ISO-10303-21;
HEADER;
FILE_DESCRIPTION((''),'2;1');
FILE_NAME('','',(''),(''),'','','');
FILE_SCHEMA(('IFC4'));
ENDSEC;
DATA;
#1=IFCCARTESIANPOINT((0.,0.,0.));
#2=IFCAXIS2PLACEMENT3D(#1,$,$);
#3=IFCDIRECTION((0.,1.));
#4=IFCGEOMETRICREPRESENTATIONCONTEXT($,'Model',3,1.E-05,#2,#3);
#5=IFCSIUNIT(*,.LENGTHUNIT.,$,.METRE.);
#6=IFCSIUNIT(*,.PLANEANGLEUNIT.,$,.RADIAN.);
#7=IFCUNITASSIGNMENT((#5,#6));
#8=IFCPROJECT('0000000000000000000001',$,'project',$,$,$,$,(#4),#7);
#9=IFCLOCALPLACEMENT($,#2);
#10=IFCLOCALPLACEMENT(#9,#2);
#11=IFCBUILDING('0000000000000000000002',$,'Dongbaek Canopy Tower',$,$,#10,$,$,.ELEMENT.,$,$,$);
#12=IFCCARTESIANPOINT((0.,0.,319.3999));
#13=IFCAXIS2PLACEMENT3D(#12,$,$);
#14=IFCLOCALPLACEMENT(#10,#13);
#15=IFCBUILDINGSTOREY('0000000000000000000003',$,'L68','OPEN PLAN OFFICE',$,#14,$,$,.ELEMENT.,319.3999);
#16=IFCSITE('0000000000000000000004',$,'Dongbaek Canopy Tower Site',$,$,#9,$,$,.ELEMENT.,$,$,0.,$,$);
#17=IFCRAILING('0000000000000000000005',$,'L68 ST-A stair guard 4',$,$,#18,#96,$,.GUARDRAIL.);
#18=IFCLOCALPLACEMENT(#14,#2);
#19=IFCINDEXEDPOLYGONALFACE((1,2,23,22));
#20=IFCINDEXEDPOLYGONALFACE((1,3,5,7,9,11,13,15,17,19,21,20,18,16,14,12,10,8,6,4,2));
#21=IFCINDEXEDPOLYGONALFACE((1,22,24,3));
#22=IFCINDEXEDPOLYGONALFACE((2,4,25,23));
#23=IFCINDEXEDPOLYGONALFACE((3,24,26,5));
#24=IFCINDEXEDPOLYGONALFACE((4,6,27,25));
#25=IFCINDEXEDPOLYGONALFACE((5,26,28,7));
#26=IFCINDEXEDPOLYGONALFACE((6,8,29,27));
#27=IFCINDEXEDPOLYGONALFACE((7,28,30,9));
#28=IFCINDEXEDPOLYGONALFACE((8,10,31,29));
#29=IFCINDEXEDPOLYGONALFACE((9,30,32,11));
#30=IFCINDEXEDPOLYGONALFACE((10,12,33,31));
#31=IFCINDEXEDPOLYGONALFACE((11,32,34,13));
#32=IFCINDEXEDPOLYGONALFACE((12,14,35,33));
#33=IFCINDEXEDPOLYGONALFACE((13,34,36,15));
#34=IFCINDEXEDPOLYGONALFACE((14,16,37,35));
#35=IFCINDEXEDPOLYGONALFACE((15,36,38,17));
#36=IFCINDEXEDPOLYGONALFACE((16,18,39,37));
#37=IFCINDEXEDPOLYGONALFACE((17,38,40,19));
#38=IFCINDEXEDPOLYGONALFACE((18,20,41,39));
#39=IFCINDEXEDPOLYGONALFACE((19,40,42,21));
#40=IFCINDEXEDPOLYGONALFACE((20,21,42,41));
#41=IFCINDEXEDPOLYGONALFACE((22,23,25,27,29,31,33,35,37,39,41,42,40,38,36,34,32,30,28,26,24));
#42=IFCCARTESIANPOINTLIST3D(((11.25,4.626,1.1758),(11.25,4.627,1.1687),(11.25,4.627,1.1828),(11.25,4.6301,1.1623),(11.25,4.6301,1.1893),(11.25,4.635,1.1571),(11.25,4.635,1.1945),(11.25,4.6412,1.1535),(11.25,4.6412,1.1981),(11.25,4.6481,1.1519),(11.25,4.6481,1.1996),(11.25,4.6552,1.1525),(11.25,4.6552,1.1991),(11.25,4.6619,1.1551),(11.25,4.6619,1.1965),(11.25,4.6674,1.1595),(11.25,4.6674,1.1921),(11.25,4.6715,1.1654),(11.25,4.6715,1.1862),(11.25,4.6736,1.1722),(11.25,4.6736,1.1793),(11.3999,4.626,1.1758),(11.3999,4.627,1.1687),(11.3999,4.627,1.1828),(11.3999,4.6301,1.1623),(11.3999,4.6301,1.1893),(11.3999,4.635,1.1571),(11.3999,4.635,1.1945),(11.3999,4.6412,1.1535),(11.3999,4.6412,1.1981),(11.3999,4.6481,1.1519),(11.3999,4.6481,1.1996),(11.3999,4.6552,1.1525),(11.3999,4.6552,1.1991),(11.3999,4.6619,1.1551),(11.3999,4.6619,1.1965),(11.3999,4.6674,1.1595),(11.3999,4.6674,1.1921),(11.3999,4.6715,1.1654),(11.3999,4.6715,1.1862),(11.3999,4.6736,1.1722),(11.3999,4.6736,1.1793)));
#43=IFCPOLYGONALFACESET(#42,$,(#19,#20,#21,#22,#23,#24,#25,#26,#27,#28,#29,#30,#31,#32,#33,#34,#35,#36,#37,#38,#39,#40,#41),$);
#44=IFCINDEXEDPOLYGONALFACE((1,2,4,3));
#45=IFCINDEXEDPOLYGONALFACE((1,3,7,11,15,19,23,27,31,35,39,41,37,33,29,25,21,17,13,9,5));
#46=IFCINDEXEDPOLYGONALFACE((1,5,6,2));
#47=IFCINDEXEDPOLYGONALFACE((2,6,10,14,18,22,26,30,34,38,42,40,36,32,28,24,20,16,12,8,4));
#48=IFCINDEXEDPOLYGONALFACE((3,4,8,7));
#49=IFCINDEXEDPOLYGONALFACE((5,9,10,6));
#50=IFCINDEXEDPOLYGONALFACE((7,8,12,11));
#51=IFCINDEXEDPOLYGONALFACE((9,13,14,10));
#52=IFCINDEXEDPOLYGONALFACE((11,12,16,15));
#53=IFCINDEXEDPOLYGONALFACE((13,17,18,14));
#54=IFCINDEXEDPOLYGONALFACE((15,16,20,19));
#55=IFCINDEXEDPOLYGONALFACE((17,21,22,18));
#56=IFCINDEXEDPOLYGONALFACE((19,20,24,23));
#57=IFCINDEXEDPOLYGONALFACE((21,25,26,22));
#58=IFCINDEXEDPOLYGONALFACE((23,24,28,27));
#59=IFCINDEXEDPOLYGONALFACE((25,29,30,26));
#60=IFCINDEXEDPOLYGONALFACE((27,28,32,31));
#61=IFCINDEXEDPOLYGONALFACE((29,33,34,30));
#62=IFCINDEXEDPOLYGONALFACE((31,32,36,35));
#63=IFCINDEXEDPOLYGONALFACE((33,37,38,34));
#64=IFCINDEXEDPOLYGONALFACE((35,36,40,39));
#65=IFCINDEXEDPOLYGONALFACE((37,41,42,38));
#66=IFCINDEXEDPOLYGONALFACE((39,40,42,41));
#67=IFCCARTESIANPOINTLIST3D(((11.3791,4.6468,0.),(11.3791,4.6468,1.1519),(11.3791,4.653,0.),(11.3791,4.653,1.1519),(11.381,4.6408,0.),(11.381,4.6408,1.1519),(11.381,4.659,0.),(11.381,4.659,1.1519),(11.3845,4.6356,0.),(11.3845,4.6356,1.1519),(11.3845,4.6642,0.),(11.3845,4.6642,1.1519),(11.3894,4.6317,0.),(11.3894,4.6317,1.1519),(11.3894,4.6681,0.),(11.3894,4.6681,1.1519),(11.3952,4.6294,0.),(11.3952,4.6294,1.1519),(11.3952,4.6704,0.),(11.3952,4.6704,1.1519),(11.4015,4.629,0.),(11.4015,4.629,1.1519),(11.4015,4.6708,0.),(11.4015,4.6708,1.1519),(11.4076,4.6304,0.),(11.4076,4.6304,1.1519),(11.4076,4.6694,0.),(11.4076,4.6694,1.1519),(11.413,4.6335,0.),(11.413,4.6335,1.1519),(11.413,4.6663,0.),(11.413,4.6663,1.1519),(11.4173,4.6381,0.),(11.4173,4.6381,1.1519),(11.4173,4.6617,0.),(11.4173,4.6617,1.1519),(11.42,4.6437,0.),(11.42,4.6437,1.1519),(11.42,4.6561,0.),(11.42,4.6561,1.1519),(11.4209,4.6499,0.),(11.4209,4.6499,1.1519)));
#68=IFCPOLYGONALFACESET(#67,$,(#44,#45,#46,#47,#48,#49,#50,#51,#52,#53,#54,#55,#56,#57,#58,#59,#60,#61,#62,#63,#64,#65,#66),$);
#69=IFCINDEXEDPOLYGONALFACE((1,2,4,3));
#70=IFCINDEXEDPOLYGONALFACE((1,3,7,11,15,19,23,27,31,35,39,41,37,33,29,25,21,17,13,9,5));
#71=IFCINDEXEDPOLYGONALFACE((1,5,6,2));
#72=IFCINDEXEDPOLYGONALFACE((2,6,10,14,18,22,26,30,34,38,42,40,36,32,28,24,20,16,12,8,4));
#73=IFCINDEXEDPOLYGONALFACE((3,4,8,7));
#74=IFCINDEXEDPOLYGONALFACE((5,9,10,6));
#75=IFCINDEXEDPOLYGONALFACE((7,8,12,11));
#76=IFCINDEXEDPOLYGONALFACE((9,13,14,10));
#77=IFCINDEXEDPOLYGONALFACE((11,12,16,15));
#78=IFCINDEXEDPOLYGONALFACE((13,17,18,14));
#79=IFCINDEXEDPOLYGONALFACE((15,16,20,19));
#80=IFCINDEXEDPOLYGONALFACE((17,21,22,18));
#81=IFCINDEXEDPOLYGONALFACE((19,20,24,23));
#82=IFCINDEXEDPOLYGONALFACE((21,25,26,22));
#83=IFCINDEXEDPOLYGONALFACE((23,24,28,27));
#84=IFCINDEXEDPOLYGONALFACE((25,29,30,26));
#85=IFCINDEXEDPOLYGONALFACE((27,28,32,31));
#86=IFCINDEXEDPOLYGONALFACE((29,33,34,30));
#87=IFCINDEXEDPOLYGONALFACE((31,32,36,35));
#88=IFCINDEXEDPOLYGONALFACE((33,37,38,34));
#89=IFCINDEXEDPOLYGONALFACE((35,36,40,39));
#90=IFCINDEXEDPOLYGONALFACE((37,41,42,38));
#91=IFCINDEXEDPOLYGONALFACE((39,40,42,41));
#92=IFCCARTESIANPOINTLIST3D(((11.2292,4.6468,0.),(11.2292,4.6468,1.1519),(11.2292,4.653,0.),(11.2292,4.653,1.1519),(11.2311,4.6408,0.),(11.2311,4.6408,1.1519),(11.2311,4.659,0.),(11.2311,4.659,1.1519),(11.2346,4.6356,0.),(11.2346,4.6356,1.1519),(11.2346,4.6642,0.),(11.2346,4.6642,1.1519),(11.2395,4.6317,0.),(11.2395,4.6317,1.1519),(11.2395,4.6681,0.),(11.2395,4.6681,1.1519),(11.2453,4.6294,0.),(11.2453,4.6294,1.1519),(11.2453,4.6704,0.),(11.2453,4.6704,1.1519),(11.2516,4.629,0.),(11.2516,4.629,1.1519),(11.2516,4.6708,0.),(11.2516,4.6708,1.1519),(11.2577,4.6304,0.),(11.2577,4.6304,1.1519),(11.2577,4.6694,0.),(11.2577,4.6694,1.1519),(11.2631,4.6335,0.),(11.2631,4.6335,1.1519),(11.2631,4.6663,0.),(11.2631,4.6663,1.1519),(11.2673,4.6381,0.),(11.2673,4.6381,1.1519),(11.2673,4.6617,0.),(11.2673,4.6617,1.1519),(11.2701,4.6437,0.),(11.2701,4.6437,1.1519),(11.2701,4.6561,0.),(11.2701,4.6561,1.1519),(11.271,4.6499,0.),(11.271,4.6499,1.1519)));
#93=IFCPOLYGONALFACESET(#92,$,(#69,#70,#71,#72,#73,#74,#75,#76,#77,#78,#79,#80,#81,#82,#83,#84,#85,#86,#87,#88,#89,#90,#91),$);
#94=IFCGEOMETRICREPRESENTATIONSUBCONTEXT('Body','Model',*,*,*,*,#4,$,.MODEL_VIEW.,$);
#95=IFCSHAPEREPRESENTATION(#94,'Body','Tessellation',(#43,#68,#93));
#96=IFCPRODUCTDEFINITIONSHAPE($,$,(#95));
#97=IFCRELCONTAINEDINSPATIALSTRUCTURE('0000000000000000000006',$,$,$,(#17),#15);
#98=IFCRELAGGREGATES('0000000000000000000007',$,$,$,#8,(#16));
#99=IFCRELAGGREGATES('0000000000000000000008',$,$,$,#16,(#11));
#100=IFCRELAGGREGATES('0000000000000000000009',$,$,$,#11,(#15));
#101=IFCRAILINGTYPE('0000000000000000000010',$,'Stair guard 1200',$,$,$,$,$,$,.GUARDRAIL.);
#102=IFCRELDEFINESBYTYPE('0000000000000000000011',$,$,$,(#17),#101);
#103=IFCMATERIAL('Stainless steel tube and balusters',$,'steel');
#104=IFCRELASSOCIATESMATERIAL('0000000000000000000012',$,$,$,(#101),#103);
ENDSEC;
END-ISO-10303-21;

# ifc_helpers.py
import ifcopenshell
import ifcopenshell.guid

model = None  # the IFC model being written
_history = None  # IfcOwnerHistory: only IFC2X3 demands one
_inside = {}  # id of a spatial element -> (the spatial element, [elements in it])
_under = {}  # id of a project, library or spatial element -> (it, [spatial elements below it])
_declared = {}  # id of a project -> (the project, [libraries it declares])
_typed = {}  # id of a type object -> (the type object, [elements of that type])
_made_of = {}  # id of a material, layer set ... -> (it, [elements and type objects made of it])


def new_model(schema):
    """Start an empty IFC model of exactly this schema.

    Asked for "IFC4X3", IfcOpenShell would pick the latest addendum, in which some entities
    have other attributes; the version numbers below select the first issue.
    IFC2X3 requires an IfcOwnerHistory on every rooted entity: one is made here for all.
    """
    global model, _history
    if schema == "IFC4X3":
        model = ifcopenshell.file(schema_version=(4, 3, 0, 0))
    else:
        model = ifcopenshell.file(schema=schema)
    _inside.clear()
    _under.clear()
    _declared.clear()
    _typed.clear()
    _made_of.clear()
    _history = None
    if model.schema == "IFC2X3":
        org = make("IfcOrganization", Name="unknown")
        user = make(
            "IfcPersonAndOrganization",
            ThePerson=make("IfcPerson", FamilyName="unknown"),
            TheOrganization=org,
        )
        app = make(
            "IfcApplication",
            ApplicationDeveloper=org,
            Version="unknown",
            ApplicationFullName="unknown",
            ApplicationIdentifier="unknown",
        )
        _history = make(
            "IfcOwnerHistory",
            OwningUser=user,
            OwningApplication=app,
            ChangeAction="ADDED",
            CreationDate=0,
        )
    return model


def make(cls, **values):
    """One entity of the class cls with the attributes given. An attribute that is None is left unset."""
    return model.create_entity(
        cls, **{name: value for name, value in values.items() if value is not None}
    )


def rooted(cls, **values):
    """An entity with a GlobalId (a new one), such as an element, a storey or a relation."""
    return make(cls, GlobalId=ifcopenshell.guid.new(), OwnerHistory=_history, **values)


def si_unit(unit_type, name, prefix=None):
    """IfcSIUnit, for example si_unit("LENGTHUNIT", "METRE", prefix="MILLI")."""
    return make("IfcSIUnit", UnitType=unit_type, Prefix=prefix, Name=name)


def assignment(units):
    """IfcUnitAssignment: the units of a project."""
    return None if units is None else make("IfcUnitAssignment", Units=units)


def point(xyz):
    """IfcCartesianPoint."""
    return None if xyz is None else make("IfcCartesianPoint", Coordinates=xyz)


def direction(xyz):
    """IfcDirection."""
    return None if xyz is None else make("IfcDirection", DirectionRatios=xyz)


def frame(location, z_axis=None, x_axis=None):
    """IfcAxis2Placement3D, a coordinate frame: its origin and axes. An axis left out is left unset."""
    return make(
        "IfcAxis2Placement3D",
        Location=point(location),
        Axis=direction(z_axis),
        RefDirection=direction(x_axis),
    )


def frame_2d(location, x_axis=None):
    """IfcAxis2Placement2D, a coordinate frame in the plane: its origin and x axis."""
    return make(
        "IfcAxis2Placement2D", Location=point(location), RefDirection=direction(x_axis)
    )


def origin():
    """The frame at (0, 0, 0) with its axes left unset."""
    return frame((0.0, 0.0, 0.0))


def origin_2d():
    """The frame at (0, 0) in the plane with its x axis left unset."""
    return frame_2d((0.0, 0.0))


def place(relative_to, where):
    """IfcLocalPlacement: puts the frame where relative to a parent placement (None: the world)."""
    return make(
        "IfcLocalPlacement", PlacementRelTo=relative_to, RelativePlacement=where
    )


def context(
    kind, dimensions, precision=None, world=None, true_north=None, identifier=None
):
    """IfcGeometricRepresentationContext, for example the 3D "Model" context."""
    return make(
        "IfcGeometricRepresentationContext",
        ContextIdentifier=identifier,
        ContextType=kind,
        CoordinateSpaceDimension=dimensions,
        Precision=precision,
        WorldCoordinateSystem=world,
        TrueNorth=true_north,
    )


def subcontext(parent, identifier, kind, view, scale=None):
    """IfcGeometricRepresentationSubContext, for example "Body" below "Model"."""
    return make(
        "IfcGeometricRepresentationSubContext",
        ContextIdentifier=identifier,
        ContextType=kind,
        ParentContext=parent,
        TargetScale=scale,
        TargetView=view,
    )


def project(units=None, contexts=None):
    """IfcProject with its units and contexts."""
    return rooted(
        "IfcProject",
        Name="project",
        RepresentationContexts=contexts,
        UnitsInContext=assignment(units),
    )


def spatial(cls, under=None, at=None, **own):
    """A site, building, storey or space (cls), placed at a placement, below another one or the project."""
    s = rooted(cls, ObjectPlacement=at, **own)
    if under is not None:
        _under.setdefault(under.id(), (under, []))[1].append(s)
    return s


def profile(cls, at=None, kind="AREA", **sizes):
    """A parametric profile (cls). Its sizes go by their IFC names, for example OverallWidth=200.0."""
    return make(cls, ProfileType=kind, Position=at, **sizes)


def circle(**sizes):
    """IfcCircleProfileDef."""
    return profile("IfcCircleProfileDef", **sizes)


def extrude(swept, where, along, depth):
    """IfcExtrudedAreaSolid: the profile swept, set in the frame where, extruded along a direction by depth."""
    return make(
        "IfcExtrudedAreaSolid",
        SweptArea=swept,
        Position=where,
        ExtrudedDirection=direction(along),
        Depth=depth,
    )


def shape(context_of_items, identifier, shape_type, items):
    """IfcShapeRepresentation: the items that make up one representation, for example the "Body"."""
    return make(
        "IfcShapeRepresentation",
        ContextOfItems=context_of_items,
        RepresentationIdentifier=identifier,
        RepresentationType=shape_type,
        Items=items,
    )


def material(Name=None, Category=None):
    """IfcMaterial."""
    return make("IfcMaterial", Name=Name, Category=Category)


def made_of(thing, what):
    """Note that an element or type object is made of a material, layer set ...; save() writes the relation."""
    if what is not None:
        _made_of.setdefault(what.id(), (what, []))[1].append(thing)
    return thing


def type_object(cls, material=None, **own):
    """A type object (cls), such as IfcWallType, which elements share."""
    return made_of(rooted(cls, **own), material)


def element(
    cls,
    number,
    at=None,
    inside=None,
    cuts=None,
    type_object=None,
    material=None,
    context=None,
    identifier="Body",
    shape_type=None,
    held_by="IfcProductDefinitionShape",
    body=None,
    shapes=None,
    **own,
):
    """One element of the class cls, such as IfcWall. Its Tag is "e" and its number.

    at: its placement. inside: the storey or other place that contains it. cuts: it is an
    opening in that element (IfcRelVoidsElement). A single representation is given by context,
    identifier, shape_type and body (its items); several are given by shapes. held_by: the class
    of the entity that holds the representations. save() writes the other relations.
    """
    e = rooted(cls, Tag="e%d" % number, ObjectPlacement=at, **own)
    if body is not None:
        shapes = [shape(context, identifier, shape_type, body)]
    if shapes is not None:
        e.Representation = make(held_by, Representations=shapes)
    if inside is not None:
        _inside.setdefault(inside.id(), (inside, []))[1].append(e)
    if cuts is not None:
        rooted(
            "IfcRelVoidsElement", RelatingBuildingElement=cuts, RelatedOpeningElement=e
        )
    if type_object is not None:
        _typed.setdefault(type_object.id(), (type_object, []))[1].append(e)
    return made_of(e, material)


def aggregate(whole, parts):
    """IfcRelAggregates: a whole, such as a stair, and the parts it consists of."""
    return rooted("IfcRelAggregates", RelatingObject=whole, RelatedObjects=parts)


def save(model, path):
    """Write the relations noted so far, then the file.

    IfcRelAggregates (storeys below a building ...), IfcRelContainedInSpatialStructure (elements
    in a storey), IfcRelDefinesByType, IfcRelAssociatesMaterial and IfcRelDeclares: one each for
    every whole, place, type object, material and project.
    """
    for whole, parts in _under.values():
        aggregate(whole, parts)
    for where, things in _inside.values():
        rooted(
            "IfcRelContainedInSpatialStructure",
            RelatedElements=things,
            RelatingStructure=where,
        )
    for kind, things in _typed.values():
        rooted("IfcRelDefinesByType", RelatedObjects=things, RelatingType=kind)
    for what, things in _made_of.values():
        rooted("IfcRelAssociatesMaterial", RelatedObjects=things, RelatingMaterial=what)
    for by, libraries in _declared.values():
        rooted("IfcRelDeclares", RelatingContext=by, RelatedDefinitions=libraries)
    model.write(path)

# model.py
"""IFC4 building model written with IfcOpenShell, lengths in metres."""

from ifc_helpers import new_model, si_unit, direction, frame, origin, origin_2d, place, context, subcontext, project, spatial, circle, extrude, material, type_object, element, save


model = new_model("IFC4")

# Units and contexts
model_context = context("Model", 3, precision=1e-05, world=origin(), true_north=direction((0.0, 1.0)))
body_context = subcontext(model_context, "Body", "Model", "MODEL_VIEW")
ifc_project = project(units=[si_unit("LENGTHUNIT", "METRE"), si_unit("PLANEANGLEUNIT", "RADIAN")], contexts=[model_context])

# Site, building, storey
site_placement = place(None, origin())
site = spatial("IfcSite", under=ifc_project, at=site_placement, Name="Dongbaek Canopy Tower Site", CompositionType="ELEMENT", RefElevation=0.0)
building_placement = place(site_placement, origin())
building = spatial("IfcBuilding", under=site, at=building_placement, Name="Dongbaek Canopy Tower", CompositionType="ELEMENT")
storey_placement = place(building_placement, frame((0.0, 0.0, 319.3999)))
storey = spatial("IfcBuildingStorey", under=building, at=storey_placement, Name="L68", Description="OPEN PLAN OFFICE", CompositionType="ELEMENT", Elevation=319.3999)

# Railing
ifc_material_1 = material(Name="Stainless steel tube and balusters", Category="steel")
railing_type_1 = type_object("IfcRailingType", Name="Stair guard 1200", PredefinedType="GUARDRAIL", material=ifc_material_1)
railing_1_placement = place(storey_placement, frame((11.3999, 4.6499, 0.0)))
element("IfcRailing", 1, at=railing_1_placement, inside=storey, type_object=railing_type_1, Name="L68 ST-A stair guard 4", PredefinedType="GUARDRAIL", context=body_context, shape_type="SweptSolid", body=[
    extrude(circle(Radius=0.0239, at=origin_2d()), frame((0.0, 0.0, 1.1758), z_axis=(-1.0, 0.0, 0.0), x_axis=(0.0, -1.0, 0.0)), (0.0, 0.0, 1.0), 0.1499),
    extrude(circle(Radius=0.021, at=origin_2d()), origin(), (0.0, 0.0, 1.0), 1.1519),
    extrude(circle(Radius=0.021, at=origin_2d()), frame((-0.1499, 0.0, 0.0)), (0.0, 0.0, 1.0), 1.1519),
])

save(model, "model.ifc")
